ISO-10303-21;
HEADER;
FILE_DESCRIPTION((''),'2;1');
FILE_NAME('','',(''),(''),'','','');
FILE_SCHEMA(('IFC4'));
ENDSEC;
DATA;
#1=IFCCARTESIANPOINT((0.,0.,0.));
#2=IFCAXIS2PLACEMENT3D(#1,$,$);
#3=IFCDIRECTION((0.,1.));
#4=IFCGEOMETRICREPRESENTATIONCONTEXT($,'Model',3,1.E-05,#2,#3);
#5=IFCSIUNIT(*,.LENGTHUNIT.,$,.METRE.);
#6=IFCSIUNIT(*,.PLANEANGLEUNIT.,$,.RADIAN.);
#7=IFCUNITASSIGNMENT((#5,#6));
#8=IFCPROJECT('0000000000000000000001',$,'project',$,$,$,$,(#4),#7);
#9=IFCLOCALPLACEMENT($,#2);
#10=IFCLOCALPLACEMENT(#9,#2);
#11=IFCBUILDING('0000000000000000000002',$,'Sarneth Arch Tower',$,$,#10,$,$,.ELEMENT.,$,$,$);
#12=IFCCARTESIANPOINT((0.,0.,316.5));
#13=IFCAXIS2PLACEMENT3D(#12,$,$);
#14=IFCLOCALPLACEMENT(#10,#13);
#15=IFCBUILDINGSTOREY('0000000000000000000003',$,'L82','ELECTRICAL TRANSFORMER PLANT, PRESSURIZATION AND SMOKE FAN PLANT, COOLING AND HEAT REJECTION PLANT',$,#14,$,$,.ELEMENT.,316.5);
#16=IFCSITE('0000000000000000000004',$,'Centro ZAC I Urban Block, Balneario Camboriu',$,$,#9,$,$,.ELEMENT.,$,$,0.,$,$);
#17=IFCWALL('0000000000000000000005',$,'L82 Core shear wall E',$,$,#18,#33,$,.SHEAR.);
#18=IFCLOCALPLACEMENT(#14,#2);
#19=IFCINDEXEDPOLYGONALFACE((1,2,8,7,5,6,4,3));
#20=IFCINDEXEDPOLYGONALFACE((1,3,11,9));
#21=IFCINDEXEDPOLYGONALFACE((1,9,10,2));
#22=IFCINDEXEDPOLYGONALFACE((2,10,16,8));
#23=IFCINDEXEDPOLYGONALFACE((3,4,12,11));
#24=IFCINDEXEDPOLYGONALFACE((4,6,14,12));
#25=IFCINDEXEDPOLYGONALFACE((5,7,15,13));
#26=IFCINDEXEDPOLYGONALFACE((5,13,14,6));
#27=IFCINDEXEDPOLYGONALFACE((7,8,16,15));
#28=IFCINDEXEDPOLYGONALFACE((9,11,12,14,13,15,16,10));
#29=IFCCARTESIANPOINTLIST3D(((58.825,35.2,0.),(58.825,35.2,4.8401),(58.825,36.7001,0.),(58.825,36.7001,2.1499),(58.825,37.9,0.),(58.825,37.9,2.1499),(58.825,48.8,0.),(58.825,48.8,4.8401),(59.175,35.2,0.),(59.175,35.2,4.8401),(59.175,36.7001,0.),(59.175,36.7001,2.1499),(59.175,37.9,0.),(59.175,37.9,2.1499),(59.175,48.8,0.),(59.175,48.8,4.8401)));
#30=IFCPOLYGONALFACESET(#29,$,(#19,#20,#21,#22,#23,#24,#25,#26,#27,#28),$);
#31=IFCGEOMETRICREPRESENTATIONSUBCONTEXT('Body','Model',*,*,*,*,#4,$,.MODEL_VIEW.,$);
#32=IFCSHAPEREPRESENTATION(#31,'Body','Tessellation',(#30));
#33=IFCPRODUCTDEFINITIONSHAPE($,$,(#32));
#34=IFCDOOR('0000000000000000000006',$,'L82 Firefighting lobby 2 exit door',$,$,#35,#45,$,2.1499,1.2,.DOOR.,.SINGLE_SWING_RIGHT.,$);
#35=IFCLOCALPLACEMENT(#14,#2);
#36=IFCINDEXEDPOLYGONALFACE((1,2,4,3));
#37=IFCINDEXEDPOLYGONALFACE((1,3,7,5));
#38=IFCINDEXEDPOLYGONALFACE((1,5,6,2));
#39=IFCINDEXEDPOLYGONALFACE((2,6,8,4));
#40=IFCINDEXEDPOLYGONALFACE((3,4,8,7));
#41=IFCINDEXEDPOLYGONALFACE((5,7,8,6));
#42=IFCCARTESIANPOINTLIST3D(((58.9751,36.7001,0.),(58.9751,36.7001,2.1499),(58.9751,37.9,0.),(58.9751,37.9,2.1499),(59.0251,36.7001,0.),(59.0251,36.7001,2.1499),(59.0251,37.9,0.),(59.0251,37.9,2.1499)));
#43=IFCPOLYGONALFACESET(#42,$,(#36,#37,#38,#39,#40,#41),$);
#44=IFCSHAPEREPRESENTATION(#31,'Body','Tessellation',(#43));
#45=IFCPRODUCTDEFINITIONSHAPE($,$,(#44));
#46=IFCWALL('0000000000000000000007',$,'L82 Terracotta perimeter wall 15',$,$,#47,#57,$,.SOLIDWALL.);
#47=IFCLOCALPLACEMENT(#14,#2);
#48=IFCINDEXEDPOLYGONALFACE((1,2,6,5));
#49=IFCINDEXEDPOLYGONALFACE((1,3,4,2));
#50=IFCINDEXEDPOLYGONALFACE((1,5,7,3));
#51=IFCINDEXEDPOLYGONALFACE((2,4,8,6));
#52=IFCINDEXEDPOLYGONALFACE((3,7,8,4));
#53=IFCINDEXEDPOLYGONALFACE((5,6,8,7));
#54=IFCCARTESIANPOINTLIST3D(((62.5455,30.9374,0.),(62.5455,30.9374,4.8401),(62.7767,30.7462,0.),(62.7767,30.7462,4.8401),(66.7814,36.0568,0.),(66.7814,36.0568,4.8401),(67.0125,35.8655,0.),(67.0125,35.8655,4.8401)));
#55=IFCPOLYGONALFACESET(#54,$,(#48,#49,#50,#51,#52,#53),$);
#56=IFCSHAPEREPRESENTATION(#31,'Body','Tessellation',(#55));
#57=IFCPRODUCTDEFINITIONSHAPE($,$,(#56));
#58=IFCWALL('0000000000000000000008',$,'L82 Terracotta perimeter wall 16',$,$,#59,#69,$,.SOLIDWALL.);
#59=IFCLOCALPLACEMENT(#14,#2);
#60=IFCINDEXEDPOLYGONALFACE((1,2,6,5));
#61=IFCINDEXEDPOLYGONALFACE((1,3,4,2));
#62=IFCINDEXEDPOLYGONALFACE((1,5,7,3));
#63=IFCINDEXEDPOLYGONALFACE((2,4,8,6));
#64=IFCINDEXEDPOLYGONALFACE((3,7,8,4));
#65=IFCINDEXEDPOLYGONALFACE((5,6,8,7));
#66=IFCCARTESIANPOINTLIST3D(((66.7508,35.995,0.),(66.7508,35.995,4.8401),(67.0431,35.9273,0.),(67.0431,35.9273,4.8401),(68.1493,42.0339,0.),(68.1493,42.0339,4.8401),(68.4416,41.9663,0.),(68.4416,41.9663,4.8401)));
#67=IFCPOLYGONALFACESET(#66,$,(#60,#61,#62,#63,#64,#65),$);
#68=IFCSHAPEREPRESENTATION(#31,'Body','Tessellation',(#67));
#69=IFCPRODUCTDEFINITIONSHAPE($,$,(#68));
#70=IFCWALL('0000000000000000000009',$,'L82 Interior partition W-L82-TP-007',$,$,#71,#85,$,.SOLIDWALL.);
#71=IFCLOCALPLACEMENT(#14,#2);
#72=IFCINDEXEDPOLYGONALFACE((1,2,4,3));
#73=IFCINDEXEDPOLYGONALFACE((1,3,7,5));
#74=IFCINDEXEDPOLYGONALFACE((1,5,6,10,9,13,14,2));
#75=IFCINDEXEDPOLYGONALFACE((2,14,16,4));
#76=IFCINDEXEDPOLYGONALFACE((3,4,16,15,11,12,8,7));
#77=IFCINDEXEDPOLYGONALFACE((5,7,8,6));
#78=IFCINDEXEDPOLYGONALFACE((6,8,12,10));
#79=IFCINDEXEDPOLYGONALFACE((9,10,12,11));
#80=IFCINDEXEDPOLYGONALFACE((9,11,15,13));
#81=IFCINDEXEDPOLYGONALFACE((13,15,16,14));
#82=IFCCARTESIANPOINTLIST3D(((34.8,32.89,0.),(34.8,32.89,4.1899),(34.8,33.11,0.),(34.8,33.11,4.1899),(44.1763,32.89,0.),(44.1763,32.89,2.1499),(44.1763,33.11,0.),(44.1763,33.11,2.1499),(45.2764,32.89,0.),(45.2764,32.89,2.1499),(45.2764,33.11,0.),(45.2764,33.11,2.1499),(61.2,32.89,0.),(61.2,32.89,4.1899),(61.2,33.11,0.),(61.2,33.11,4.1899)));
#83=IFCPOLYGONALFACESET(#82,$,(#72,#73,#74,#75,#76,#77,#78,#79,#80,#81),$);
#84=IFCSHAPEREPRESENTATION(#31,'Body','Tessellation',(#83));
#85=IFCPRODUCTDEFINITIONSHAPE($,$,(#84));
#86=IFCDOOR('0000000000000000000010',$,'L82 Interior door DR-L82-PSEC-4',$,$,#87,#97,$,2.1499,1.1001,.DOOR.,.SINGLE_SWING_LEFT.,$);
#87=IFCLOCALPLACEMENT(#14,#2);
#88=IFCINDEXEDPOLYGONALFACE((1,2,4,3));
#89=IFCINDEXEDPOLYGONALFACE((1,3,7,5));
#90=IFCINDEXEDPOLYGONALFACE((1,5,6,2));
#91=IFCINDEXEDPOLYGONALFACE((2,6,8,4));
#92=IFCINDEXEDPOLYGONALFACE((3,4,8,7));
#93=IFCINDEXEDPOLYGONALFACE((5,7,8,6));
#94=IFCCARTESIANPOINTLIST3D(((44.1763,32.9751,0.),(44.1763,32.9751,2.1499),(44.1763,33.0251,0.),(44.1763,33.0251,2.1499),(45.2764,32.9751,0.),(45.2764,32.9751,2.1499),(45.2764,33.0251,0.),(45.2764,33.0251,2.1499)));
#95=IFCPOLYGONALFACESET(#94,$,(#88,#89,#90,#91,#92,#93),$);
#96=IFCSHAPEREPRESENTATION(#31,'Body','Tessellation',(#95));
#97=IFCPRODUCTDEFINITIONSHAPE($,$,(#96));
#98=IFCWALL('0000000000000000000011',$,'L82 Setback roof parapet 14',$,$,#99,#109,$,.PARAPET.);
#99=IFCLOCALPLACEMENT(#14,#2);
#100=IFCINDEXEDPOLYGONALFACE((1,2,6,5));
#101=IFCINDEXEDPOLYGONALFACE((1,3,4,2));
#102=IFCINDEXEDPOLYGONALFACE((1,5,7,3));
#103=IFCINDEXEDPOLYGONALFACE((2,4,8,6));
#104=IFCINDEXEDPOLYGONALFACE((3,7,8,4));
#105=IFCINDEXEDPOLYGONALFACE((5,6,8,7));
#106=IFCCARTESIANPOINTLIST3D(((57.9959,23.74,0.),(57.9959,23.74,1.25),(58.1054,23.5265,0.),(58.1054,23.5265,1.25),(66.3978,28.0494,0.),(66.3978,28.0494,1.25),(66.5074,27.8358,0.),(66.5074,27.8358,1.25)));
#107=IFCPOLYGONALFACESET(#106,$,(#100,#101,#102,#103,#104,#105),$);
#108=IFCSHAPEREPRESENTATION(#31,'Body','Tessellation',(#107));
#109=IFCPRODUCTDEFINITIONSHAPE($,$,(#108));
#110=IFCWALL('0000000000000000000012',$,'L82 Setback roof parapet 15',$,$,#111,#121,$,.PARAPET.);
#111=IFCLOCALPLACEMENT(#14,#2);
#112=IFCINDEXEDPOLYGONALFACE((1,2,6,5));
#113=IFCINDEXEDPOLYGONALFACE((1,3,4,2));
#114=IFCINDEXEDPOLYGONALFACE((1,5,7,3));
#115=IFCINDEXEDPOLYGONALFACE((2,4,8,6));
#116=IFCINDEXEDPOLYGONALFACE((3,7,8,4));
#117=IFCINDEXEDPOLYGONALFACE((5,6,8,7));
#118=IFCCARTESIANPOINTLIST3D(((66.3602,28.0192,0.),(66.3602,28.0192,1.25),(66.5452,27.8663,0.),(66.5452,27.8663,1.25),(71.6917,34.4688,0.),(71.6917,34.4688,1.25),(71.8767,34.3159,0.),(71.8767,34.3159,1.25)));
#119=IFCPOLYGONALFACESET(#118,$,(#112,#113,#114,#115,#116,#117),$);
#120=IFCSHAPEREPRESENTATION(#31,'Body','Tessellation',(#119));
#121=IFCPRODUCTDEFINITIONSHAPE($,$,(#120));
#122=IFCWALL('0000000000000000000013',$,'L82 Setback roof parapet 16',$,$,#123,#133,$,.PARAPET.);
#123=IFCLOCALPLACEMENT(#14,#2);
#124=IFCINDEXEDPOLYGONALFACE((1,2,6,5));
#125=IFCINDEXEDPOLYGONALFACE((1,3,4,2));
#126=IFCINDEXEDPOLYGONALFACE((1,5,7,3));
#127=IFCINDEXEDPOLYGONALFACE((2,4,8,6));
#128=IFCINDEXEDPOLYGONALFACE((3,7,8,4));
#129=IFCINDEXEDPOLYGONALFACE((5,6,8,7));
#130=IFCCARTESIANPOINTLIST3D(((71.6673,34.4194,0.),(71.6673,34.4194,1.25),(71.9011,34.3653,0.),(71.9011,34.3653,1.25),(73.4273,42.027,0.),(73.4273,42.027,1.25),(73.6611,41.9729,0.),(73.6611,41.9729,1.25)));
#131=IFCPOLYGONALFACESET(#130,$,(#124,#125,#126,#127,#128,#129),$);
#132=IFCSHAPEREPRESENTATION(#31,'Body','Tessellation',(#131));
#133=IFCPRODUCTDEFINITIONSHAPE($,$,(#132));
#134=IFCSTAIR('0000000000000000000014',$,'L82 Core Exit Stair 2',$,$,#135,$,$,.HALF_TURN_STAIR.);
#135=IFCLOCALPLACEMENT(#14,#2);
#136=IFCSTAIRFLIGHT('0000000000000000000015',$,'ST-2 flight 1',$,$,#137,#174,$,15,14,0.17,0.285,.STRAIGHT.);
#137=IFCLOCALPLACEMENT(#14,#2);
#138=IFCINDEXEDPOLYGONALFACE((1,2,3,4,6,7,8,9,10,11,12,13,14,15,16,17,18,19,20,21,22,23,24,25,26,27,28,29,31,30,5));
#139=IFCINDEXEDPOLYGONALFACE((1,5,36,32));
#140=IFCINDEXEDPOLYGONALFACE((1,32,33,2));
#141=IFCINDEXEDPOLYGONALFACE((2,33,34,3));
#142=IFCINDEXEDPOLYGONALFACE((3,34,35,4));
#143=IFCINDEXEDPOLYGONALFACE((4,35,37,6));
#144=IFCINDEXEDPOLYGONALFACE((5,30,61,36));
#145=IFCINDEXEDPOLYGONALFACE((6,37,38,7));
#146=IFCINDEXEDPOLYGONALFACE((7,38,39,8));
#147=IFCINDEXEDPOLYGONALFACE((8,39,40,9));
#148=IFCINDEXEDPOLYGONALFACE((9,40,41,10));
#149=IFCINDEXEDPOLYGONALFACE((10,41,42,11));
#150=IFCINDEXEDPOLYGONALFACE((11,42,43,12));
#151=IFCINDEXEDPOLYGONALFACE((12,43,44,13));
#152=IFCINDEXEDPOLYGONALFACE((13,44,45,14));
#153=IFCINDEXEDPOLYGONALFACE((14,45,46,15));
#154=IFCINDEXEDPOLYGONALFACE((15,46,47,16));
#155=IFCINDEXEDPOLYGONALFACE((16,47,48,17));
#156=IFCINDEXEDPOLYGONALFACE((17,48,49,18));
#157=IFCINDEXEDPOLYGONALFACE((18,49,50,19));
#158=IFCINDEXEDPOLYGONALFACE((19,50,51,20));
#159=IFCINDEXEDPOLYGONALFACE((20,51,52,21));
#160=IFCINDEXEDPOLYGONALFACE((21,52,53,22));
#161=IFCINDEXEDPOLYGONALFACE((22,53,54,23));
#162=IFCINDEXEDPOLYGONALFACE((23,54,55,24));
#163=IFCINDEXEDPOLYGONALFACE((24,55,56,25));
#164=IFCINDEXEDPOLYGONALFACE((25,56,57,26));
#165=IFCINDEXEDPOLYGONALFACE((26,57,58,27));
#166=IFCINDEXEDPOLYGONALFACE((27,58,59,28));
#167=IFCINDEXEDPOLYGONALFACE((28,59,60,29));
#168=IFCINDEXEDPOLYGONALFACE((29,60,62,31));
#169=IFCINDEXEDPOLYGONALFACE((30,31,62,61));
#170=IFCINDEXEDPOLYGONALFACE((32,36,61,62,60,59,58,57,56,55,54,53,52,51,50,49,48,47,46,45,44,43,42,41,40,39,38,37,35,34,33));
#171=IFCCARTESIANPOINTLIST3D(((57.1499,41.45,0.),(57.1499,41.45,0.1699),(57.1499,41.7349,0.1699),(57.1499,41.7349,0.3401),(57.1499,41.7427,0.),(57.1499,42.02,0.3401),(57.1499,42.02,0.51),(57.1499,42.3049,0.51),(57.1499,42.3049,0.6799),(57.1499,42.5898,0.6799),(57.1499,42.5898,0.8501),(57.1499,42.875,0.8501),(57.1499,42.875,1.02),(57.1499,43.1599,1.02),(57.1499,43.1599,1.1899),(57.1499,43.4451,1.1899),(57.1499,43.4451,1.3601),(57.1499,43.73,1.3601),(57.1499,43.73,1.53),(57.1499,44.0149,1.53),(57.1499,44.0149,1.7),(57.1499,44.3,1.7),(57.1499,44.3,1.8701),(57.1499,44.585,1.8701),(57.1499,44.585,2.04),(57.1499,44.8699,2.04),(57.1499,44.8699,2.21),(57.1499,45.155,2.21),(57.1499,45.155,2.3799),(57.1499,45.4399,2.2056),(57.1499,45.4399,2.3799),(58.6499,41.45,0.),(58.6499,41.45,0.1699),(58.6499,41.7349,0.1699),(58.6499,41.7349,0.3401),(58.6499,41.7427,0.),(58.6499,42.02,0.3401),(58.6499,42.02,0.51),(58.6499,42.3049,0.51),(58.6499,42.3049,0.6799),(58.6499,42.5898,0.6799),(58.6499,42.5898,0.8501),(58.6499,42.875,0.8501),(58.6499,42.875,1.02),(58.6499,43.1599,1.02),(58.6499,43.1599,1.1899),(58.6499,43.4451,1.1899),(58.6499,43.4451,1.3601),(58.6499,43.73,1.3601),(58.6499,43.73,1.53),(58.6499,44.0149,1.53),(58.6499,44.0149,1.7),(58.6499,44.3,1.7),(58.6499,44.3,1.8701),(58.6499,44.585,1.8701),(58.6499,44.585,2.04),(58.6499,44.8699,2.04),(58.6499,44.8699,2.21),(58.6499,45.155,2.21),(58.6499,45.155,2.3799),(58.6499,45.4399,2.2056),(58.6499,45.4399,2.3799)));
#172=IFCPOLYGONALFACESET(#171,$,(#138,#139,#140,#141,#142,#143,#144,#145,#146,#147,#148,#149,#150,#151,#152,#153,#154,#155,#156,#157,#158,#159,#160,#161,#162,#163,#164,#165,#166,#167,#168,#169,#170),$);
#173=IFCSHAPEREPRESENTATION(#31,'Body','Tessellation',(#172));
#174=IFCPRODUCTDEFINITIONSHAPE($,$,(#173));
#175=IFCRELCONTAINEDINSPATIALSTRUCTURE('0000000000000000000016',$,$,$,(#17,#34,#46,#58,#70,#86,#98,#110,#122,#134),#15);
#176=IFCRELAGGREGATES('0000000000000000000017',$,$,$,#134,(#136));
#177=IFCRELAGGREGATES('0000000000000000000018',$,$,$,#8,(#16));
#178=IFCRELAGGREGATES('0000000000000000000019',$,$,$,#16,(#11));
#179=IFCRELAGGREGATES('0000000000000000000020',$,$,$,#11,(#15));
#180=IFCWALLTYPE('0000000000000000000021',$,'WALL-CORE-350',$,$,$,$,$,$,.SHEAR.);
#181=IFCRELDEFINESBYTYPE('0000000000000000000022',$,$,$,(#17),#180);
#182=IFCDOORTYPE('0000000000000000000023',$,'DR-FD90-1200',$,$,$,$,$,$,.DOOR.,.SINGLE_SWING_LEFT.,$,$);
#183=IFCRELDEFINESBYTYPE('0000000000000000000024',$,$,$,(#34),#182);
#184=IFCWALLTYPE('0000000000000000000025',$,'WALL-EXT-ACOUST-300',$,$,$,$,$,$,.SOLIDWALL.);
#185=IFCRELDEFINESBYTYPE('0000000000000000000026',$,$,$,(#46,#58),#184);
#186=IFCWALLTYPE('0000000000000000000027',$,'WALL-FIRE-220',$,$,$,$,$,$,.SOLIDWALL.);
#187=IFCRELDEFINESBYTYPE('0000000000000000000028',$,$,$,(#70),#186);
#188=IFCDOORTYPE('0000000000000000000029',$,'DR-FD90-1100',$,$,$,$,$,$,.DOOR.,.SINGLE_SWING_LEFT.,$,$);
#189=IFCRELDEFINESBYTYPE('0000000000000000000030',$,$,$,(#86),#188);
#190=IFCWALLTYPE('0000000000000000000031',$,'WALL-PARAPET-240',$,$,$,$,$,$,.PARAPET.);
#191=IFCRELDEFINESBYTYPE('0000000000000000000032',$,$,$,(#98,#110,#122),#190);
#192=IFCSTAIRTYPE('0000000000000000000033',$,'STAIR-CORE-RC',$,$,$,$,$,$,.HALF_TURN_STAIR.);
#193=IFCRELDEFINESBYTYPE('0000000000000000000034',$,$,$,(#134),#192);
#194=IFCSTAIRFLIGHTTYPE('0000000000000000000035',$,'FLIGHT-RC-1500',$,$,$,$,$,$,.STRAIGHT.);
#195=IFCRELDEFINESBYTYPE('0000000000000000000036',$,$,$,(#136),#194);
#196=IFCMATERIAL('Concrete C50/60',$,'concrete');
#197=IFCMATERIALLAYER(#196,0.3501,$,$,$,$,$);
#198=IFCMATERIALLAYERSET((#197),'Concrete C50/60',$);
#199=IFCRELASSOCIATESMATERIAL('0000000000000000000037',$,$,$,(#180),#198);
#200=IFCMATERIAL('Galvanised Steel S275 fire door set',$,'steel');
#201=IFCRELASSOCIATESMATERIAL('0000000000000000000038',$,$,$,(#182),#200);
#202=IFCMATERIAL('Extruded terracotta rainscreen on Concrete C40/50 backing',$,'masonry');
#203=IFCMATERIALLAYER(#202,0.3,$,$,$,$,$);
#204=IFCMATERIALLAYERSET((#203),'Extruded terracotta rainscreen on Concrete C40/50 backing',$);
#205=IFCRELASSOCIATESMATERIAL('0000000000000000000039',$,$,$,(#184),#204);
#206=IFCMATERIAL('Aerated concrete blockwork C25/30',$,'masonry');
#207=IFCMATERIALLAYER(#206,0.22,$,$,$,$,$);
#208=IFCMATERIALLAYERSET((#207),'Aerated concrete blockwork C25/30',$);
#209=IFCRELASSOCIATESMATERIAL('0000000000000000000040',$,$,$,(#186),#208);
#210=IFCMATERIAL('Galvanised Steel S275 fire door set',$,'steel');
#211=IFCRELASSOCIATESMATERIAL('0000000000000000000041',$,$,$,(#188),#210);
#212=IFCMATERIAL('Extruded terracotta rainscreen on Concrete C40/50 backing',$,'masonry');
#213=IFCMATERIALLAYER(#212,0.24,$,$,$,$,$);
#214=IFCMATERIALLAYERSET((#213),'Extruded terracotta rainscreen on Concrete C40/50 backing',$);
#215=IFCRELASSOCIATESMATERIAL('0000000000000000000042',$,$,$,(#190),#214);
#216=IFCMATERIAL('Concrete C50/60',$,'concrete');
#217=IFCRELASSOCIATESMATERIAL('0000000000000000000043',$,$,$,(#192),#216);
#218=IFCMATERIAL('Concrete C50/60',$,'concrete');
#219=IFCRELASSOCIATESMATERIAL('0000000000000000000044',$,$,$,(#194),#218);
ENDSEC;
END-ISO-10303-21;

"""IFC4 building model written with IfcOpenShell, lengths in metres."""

from ifc_helpers import new_model, si_unit, direction, frame, frame_2d, origin, place, context, subcontext, project, spatial, polyline, rectangle, outline, extrude, material, layer, layer_set, type_object, element, fill, aggregate, save


model = new_model("IFC4")

# Units and contexts
model_context = context("Model", 3, precision=1e-05, world=origin(), true_north=direction((0.0, 1.0)))
body_context = subcontext(model_context, "Body", "Model", "MODEL_VIEW")
ifc_project = project(units=[si_unit("LENGTHUNIT", "METRE"), si_unit("PLANEANGLEUNIT", "RADIAN")], contexts=[model_context])

# Site, building, storey
site_placement = place(None, origin())
site = spatial("IfcSite", under=ifc_project, at=site_placement, Name="Centro ZAC I Urban Block, Balneario Camboriu", CompositionType="ELEMENT", RefElevation=0.0)
building_placement = place(site_placement, origin())
building = spatial("IfcBuilding", under=site, at=building_placement, Name="Sarneth Arch Tower", CompositionType="ELEMENT")
storey_placement = place(building_placement, frame((0.0, 0.0, 316.5)))
storey = spatial("IfcBuildingStorey", under=building, at=storey_placement, Name="L82", Description="ELECTRICAL TRANSFORMER PLANT, PRESSURIZATION AND SMOKE FAN PLANT, COOLING AND HEAT REJECTION PLANT", CompositionType="ELEMENT", Elevation=316.5)

# Wall, opening, door
ifc_material_1 = material(Name="Concrete C50/60", Category="concrete")
ifc_layer_1 = layer(ifc_material_1, 0.3501)
ifc_layer_set_1 = layer_set([ifc_layer_1], Name="Concrete C50/60")
wall_type_1 = type_object("IfcWallType", Name="WALL-CORE-350", PredefinedType="SHEAR", material=ifc_layer_set_1)
wall_1_placement = place(storey_placement, frame((59.0, 35.2, 0.0), z_axis=(0.0, 0.0, 1.0), x_axis=(0.0, 1.0, 0.0)))
wall_1 = element("IfcWall", 1, at=wall_1_placement, inside=storey, type_object=wall_type_1, Name="L82 Core shear wall E", PredefinedType="SHEAR", context=body_context, shape_type="SweptSolid", body=[
    extrude(rectangle(XDim=13.6001, YDim=0.3501, at=frame_2d((6.8, 0.0))), origin(), (0.0, 0.0, 1.0), 4.8401),
])
opening_1_placement = place(wall_1_placement, frame((1.5, 0.0, 0.0)))
opening_1 = element("IfcOpeningElement", 2, at=opening_1_placement, cuts=wall_1, PredefinedType="OPENING", context=body_context, shape_type="SweptSolid", body=[
    extrude(rectangle(XDim=1.2, YDim=2.1499, at=frame_2d((0.6001, 1.075))), frame((0.0, 0.1851, 0.0), z_axis=(0.0, -1.0, 0.0), x_axis=(1.0, 0.0, 0.0)), (0.0, 0.0, 1.0), 0.3701),
])
ifc_material_2 = material(Name="Galvanised Steel S275 fire door set", Category="steel")
door_type_1 = type_object("IfcDoorType", Name="DR-FD90-1200", OperationType="SINGLE_SWING_LEFT", PredefinedType="DOOR", material=ifc_material_2)
door_1_placement = place(opening_1_placement, origin())
door_1 = element("IfcDoor", 3, at=door_1_placement, inside=storey, type_object=door_type_1, Name="L82 Firefighting lobby 2 exit door", OperationType="SINGLE_SWING_RIGHT", OverallHeight=2.1499, OverallWidth=1.2, PredefinedType="DOOR", context=body_context, shape_type="SweptSolid", body=[
    extrude(rectangle(XDim=1.2, YDim=2.1499, at=frame_2d((0.6001, 1.075))), frame((0.0, 0.0249, 0.0), z_axis=(0.0, -1.0, 0.0), x_axis=(1.0, 0.0, 0.0)), (0.0, 0.0, 1.0), 0.05),
])
fill(opening_1, door_1)

# Walls
ifc_material_3 = material(Name="Extruded terracotta rainscreen on Concrete C40/50 backing", Category="masonry")
ifc_layer_2 = layer(ifc_material_3, 0.3)
ifc_layer_set_2 = layer_set([ifc_layer_2], Name="Extruded terracotta rainscreen on Concrete C40/50 backing")
wall_type_2 = type_object("IfcWallType", Name="WALL-EXT-ACOUST-300", PredefinedType="SOLIDWALL", material=ifc_layer_set_2)
wall_2_placement = place(storey_placement, frame((62.6611, 30.8418, 0.0), z_axis=(0.0, 0.0, 1.0), x_axis=(0.637488, 0.77046, 0.0)))
element("IfcWall", 4, at=wall_2_placement, inside=storey, type_object=wall_type_2, Name="L82 Terracotta perimeter wall 15", PredefinedType="SOLIDWALL", context=body_context, shape_type="SweptSolid", body=[
    extrude(rectangle(XDim=6.6445, YDim=0.3, at=frame_2d((3.3223, 0.0))), origin(), (0.0, 0.0, 1.0), 4.8401),
])
wall_3_placement = place(storey_placement, frame((66.897, 35.9612, 0.0), z_axis=(0.0, 0.0, 1.0), x_axis=(0.225604, 0.974219, 0.0)))
element("IfcWall", 5, at=wall_3_placement, inside=storey, type_object=wall_type_2, Name="L82 Terracotta perimeter wall 16", PredefinedType="SOLIDWALL", context=body_context, shape_type="SweptSolid", body=[
    extrude(rectangle(XDim=6.1987, YDim=0.3, at=frame_2d((3.0994, 0.0))), origin(), (0.0, 0.0, 1.0), 4.8401),
])

# Wall, opening, door
ifc_material_4 = material(Name="Aerated concrete blockwork C25/30", Category="masonry")
ifc_layer_3 = layer(ifc_material_4, 0.22)
ifc_layer_set_3 = layer_set([ifc_layer_3], Name="Aerated concrete blockwork C25/30")
wall_type_3 = type_object("IfcWallType", Name="WALL-FIRE-220", PredefinedType="SOLIDWALL", material=ifc_layer_set_3)
wall_4_placement = place(storey_placement, frame((61.2, 33.0, 0.0), z_axis=(0.0, 0.0, 1.0), x_axis=(-1.0, 0.0, 0.0)))
wall_4 = element("IfcWall", 6, at=wall_4_placement, inside=storey, type_object=wall_type_3, Name="L82 Interior partition W-L82-TP-007", PredefinedType="SOLIDWALL", context=body_context, shape_type="SweptSolid", body=[
    extrude(rectangle(XDim=26.3999, YDim=0.22, at=frame_2d((13.2, 0.0))), origin(), (0.0, 0.0, 1.0), 4.1899),
])
opening_2_placement = place(wall_4_placement, frame((15.9236, 0.0, 0.0)))
opening_2 = element("IfcOpeningElement", 7, at=opening_2_placement, cuts=wall_4, PredefinedType="OPENING", context=body_context, shape_type="SweptSolid", body=[
    extrude(rectangle(XDim=1.1001, YDim=2.1499, at=frame_2d((0.55, 1.075))), frame((0.0, 0.1199, 0.0), z_axis=(0.0, -1.0, 0.0), x_axis=(1.0, 0.0, 0.0)), (0.0, 0.0, 1.0), 0.24),
])
ifc_material_5 = material(Name="Galvanised Steel S275 fire door set", Category="steel")
door_type_2 = type_object("IfcDoorType", Name="DR-FD90-1100", OperationType="SINGLE_SWING_LEFT", PredefinedType="DOOR", material=ifc_material_5)
door_2_placement = place(opening_2_placement, origin())
door_2 = element("IfcDoor", 8, at=door_2_placement, inside=storey, type_object=door_type_2, Name="L82 Interior door DR-L82-PSEC-4", OperationType="SINGLE_SWING_LEFT", OverallHeight=2.1499, OverallWidth=1.1001, PredefinedType="DOOR", context=body_context, shape_type="SweptSolid", body=[
    extrude(rectangle(XDim=1.1001, YDim=2.1499, at=frame_2d((0.55, 1.075))), frame((0.0, 0.0249, 0.0), z_axis=(0.0, -1.0, 0.0), x_axis=(1.0, 0.0, 0.0)), (0.0, 0.0, 1.0), 0.05),
])
fill(opening_2, door_2)

# Walls
ifc_material_6 = material(Name="Extruded terracotta rainscreen on Concrete C40/50 backing", Category="masonry")
ifc_layer_4 = layer(ifc_material_6, 0.24)
ifc_layer_set_4 = layer_set([ifc_layer_4], Name="Extruded terracotta rainscreen on Concrete C40/50 backing")
wall_type_4 = type_object("IfcWallType", Name="WALL-PARAPET-240", PredefinedType="PARAPET", material=ifc_layer_set_4)
wall_5_placement = place(storey_placement, frame((58.0508, 23.6333, 0.0), z_axis=(0.0, 0.0, 1.0), x_axis=(0.889788, 0.456374, 0.0)))
element("IfcWall", 9, at=wall_5_placement, inside=storey, type_object=wall_type_4, Name="L82 Setback roof parapet 14", PredefinedType="PARAPET", context=body_context, shape_type="SweptSolid", body=[
    extrude(rectangle(XDim=9.4426, YDim=0.24, at=frame_2d((4.7212, 0.0))), origin(), (0.0, 0.0, 1.0), 1.25),
])
wall_6_placement = place(storey_placement, frame((66.4526, 27.9426, 0.0), z_axis=(0.0, 0.0, 1.0), x_axis=(0.637132, 0.770755, 0.0)))
element("IfcWall", 10, at=wall_6_placement, inside=storey, type_object=wall_type_4, Name="L82 Setback roof parapet 15", PredefinedType="PARAPET", context=body_context, shape_type="SweptSolid", body=[
    extrude(rectangle(XDim=8.3679, YDim=0.24, at=frame_2d((4.1841, 0.0))), origin(), (0.0, 0.0, 1.0), 1.25),
])
wall_7_placement = place(storey_placement, frame((71.7842, 34.3923, 0.0), z_axis=(0.0, 0.0, 1.0), x_axis=(0.225394, 0.974268, 0.0)))
element("IfcWall", 11, at=wall_7_placement, inside=storey, type_object=wall_type_4, Name="L82 Setback roof parapet 16", PredefinedType="PARAPET", context=body_context, shape_type="SweptSolid", body=[
    extrude(rectangle(XDim=7.8086, YDim=0.24, at=frame_2d((3.9043, 0.0))), origin(), (0.0, 0.0, 1.0), 1.25),
])

# Stair, stair flight
ifc_material_7 = material(Name="Concrete C50/60", Category="concrete")
stair_type = type_object("IfcStairType", Name="STAIR-CORE-RC", PredefinedType="HALF_TURN_STAIR", material=ifc_material_7)
stair_placement = place(storey_placement, origin())
stair = element("IfcStair", 12, at=stair_placement, inside=storey, type_object=stair_type, Name="L82 Core Exit Stair 2", PredefinedType="HALF_TURN_STAIR")
ifc_material_8 = material(Name="Concrete C50/60", Category="concrete")
stair_flight_type = type_object("IfcStairFlightType", Name="FLIGHT-RC-1500", PredefinedType="STRAIGHT", material=ifc_material_8)
stair_flight_placement = place(storey_placement, frame((57.8999, 41.45, 0.0), z_axis=(0.0, 0.0, 1.0), x_axis=(0.0, 1.0, 0.0)))
stair_flight = element("IfcStairFlight", 13, at=stair_flight_placement, type_object=stair_flight_type, Name="ST-2 flight 1", NumberOfRisers=15, NumberOfTreads=14, PredefinedType="STRAIGHT", RiserHeight=0.17, TreadLength=0.285, context=body_context, shape_type="SweptSolid", body=[
    extrude(outline(polyline([(0.0, 0.0), (0.0, 0.1699), (0.2849, 0.1699), (0.2849, 0.3401), (0.5701, 0.3401), (0.5701, 0.51), (0.855, 0.51), (0.855, 0.6799), (1.1399, 0.6799), (1.1399, 0.8501), (1.425, 0.8501), (1.425, 1.02), (1.71, 1.02), (1.71, 1.1899), (1.9951, 1.1899), (1.9951, 1.3601), (2.28, 1.3601), (2.28, 1.53), (2.5649, 1.53), (2.5649, 1.7), (2.8501, 1.7), (2.8501, 1.8701), (3.135, 1.8701), (3.135, 2.04), (3.4199, 2.04), (3.4199, 2.21), (3.7051, 2.21), (3.7051, 2.3799), (3.99, 2.3799), (3.99, 2.55), (3.99, 2.2056), (0.2927, 0.0), (0.0, 0.0)])), frame((0.0, 0.75, 0.0), z_axis=(0.0, -1.0, 0.0), x_axis=(1.0, 0.0, 0.0)), (0.0, 0.0, 1.0), 1.5),
])
aggregate(stair, [stair_flight])

save(model, "model.ifc")
